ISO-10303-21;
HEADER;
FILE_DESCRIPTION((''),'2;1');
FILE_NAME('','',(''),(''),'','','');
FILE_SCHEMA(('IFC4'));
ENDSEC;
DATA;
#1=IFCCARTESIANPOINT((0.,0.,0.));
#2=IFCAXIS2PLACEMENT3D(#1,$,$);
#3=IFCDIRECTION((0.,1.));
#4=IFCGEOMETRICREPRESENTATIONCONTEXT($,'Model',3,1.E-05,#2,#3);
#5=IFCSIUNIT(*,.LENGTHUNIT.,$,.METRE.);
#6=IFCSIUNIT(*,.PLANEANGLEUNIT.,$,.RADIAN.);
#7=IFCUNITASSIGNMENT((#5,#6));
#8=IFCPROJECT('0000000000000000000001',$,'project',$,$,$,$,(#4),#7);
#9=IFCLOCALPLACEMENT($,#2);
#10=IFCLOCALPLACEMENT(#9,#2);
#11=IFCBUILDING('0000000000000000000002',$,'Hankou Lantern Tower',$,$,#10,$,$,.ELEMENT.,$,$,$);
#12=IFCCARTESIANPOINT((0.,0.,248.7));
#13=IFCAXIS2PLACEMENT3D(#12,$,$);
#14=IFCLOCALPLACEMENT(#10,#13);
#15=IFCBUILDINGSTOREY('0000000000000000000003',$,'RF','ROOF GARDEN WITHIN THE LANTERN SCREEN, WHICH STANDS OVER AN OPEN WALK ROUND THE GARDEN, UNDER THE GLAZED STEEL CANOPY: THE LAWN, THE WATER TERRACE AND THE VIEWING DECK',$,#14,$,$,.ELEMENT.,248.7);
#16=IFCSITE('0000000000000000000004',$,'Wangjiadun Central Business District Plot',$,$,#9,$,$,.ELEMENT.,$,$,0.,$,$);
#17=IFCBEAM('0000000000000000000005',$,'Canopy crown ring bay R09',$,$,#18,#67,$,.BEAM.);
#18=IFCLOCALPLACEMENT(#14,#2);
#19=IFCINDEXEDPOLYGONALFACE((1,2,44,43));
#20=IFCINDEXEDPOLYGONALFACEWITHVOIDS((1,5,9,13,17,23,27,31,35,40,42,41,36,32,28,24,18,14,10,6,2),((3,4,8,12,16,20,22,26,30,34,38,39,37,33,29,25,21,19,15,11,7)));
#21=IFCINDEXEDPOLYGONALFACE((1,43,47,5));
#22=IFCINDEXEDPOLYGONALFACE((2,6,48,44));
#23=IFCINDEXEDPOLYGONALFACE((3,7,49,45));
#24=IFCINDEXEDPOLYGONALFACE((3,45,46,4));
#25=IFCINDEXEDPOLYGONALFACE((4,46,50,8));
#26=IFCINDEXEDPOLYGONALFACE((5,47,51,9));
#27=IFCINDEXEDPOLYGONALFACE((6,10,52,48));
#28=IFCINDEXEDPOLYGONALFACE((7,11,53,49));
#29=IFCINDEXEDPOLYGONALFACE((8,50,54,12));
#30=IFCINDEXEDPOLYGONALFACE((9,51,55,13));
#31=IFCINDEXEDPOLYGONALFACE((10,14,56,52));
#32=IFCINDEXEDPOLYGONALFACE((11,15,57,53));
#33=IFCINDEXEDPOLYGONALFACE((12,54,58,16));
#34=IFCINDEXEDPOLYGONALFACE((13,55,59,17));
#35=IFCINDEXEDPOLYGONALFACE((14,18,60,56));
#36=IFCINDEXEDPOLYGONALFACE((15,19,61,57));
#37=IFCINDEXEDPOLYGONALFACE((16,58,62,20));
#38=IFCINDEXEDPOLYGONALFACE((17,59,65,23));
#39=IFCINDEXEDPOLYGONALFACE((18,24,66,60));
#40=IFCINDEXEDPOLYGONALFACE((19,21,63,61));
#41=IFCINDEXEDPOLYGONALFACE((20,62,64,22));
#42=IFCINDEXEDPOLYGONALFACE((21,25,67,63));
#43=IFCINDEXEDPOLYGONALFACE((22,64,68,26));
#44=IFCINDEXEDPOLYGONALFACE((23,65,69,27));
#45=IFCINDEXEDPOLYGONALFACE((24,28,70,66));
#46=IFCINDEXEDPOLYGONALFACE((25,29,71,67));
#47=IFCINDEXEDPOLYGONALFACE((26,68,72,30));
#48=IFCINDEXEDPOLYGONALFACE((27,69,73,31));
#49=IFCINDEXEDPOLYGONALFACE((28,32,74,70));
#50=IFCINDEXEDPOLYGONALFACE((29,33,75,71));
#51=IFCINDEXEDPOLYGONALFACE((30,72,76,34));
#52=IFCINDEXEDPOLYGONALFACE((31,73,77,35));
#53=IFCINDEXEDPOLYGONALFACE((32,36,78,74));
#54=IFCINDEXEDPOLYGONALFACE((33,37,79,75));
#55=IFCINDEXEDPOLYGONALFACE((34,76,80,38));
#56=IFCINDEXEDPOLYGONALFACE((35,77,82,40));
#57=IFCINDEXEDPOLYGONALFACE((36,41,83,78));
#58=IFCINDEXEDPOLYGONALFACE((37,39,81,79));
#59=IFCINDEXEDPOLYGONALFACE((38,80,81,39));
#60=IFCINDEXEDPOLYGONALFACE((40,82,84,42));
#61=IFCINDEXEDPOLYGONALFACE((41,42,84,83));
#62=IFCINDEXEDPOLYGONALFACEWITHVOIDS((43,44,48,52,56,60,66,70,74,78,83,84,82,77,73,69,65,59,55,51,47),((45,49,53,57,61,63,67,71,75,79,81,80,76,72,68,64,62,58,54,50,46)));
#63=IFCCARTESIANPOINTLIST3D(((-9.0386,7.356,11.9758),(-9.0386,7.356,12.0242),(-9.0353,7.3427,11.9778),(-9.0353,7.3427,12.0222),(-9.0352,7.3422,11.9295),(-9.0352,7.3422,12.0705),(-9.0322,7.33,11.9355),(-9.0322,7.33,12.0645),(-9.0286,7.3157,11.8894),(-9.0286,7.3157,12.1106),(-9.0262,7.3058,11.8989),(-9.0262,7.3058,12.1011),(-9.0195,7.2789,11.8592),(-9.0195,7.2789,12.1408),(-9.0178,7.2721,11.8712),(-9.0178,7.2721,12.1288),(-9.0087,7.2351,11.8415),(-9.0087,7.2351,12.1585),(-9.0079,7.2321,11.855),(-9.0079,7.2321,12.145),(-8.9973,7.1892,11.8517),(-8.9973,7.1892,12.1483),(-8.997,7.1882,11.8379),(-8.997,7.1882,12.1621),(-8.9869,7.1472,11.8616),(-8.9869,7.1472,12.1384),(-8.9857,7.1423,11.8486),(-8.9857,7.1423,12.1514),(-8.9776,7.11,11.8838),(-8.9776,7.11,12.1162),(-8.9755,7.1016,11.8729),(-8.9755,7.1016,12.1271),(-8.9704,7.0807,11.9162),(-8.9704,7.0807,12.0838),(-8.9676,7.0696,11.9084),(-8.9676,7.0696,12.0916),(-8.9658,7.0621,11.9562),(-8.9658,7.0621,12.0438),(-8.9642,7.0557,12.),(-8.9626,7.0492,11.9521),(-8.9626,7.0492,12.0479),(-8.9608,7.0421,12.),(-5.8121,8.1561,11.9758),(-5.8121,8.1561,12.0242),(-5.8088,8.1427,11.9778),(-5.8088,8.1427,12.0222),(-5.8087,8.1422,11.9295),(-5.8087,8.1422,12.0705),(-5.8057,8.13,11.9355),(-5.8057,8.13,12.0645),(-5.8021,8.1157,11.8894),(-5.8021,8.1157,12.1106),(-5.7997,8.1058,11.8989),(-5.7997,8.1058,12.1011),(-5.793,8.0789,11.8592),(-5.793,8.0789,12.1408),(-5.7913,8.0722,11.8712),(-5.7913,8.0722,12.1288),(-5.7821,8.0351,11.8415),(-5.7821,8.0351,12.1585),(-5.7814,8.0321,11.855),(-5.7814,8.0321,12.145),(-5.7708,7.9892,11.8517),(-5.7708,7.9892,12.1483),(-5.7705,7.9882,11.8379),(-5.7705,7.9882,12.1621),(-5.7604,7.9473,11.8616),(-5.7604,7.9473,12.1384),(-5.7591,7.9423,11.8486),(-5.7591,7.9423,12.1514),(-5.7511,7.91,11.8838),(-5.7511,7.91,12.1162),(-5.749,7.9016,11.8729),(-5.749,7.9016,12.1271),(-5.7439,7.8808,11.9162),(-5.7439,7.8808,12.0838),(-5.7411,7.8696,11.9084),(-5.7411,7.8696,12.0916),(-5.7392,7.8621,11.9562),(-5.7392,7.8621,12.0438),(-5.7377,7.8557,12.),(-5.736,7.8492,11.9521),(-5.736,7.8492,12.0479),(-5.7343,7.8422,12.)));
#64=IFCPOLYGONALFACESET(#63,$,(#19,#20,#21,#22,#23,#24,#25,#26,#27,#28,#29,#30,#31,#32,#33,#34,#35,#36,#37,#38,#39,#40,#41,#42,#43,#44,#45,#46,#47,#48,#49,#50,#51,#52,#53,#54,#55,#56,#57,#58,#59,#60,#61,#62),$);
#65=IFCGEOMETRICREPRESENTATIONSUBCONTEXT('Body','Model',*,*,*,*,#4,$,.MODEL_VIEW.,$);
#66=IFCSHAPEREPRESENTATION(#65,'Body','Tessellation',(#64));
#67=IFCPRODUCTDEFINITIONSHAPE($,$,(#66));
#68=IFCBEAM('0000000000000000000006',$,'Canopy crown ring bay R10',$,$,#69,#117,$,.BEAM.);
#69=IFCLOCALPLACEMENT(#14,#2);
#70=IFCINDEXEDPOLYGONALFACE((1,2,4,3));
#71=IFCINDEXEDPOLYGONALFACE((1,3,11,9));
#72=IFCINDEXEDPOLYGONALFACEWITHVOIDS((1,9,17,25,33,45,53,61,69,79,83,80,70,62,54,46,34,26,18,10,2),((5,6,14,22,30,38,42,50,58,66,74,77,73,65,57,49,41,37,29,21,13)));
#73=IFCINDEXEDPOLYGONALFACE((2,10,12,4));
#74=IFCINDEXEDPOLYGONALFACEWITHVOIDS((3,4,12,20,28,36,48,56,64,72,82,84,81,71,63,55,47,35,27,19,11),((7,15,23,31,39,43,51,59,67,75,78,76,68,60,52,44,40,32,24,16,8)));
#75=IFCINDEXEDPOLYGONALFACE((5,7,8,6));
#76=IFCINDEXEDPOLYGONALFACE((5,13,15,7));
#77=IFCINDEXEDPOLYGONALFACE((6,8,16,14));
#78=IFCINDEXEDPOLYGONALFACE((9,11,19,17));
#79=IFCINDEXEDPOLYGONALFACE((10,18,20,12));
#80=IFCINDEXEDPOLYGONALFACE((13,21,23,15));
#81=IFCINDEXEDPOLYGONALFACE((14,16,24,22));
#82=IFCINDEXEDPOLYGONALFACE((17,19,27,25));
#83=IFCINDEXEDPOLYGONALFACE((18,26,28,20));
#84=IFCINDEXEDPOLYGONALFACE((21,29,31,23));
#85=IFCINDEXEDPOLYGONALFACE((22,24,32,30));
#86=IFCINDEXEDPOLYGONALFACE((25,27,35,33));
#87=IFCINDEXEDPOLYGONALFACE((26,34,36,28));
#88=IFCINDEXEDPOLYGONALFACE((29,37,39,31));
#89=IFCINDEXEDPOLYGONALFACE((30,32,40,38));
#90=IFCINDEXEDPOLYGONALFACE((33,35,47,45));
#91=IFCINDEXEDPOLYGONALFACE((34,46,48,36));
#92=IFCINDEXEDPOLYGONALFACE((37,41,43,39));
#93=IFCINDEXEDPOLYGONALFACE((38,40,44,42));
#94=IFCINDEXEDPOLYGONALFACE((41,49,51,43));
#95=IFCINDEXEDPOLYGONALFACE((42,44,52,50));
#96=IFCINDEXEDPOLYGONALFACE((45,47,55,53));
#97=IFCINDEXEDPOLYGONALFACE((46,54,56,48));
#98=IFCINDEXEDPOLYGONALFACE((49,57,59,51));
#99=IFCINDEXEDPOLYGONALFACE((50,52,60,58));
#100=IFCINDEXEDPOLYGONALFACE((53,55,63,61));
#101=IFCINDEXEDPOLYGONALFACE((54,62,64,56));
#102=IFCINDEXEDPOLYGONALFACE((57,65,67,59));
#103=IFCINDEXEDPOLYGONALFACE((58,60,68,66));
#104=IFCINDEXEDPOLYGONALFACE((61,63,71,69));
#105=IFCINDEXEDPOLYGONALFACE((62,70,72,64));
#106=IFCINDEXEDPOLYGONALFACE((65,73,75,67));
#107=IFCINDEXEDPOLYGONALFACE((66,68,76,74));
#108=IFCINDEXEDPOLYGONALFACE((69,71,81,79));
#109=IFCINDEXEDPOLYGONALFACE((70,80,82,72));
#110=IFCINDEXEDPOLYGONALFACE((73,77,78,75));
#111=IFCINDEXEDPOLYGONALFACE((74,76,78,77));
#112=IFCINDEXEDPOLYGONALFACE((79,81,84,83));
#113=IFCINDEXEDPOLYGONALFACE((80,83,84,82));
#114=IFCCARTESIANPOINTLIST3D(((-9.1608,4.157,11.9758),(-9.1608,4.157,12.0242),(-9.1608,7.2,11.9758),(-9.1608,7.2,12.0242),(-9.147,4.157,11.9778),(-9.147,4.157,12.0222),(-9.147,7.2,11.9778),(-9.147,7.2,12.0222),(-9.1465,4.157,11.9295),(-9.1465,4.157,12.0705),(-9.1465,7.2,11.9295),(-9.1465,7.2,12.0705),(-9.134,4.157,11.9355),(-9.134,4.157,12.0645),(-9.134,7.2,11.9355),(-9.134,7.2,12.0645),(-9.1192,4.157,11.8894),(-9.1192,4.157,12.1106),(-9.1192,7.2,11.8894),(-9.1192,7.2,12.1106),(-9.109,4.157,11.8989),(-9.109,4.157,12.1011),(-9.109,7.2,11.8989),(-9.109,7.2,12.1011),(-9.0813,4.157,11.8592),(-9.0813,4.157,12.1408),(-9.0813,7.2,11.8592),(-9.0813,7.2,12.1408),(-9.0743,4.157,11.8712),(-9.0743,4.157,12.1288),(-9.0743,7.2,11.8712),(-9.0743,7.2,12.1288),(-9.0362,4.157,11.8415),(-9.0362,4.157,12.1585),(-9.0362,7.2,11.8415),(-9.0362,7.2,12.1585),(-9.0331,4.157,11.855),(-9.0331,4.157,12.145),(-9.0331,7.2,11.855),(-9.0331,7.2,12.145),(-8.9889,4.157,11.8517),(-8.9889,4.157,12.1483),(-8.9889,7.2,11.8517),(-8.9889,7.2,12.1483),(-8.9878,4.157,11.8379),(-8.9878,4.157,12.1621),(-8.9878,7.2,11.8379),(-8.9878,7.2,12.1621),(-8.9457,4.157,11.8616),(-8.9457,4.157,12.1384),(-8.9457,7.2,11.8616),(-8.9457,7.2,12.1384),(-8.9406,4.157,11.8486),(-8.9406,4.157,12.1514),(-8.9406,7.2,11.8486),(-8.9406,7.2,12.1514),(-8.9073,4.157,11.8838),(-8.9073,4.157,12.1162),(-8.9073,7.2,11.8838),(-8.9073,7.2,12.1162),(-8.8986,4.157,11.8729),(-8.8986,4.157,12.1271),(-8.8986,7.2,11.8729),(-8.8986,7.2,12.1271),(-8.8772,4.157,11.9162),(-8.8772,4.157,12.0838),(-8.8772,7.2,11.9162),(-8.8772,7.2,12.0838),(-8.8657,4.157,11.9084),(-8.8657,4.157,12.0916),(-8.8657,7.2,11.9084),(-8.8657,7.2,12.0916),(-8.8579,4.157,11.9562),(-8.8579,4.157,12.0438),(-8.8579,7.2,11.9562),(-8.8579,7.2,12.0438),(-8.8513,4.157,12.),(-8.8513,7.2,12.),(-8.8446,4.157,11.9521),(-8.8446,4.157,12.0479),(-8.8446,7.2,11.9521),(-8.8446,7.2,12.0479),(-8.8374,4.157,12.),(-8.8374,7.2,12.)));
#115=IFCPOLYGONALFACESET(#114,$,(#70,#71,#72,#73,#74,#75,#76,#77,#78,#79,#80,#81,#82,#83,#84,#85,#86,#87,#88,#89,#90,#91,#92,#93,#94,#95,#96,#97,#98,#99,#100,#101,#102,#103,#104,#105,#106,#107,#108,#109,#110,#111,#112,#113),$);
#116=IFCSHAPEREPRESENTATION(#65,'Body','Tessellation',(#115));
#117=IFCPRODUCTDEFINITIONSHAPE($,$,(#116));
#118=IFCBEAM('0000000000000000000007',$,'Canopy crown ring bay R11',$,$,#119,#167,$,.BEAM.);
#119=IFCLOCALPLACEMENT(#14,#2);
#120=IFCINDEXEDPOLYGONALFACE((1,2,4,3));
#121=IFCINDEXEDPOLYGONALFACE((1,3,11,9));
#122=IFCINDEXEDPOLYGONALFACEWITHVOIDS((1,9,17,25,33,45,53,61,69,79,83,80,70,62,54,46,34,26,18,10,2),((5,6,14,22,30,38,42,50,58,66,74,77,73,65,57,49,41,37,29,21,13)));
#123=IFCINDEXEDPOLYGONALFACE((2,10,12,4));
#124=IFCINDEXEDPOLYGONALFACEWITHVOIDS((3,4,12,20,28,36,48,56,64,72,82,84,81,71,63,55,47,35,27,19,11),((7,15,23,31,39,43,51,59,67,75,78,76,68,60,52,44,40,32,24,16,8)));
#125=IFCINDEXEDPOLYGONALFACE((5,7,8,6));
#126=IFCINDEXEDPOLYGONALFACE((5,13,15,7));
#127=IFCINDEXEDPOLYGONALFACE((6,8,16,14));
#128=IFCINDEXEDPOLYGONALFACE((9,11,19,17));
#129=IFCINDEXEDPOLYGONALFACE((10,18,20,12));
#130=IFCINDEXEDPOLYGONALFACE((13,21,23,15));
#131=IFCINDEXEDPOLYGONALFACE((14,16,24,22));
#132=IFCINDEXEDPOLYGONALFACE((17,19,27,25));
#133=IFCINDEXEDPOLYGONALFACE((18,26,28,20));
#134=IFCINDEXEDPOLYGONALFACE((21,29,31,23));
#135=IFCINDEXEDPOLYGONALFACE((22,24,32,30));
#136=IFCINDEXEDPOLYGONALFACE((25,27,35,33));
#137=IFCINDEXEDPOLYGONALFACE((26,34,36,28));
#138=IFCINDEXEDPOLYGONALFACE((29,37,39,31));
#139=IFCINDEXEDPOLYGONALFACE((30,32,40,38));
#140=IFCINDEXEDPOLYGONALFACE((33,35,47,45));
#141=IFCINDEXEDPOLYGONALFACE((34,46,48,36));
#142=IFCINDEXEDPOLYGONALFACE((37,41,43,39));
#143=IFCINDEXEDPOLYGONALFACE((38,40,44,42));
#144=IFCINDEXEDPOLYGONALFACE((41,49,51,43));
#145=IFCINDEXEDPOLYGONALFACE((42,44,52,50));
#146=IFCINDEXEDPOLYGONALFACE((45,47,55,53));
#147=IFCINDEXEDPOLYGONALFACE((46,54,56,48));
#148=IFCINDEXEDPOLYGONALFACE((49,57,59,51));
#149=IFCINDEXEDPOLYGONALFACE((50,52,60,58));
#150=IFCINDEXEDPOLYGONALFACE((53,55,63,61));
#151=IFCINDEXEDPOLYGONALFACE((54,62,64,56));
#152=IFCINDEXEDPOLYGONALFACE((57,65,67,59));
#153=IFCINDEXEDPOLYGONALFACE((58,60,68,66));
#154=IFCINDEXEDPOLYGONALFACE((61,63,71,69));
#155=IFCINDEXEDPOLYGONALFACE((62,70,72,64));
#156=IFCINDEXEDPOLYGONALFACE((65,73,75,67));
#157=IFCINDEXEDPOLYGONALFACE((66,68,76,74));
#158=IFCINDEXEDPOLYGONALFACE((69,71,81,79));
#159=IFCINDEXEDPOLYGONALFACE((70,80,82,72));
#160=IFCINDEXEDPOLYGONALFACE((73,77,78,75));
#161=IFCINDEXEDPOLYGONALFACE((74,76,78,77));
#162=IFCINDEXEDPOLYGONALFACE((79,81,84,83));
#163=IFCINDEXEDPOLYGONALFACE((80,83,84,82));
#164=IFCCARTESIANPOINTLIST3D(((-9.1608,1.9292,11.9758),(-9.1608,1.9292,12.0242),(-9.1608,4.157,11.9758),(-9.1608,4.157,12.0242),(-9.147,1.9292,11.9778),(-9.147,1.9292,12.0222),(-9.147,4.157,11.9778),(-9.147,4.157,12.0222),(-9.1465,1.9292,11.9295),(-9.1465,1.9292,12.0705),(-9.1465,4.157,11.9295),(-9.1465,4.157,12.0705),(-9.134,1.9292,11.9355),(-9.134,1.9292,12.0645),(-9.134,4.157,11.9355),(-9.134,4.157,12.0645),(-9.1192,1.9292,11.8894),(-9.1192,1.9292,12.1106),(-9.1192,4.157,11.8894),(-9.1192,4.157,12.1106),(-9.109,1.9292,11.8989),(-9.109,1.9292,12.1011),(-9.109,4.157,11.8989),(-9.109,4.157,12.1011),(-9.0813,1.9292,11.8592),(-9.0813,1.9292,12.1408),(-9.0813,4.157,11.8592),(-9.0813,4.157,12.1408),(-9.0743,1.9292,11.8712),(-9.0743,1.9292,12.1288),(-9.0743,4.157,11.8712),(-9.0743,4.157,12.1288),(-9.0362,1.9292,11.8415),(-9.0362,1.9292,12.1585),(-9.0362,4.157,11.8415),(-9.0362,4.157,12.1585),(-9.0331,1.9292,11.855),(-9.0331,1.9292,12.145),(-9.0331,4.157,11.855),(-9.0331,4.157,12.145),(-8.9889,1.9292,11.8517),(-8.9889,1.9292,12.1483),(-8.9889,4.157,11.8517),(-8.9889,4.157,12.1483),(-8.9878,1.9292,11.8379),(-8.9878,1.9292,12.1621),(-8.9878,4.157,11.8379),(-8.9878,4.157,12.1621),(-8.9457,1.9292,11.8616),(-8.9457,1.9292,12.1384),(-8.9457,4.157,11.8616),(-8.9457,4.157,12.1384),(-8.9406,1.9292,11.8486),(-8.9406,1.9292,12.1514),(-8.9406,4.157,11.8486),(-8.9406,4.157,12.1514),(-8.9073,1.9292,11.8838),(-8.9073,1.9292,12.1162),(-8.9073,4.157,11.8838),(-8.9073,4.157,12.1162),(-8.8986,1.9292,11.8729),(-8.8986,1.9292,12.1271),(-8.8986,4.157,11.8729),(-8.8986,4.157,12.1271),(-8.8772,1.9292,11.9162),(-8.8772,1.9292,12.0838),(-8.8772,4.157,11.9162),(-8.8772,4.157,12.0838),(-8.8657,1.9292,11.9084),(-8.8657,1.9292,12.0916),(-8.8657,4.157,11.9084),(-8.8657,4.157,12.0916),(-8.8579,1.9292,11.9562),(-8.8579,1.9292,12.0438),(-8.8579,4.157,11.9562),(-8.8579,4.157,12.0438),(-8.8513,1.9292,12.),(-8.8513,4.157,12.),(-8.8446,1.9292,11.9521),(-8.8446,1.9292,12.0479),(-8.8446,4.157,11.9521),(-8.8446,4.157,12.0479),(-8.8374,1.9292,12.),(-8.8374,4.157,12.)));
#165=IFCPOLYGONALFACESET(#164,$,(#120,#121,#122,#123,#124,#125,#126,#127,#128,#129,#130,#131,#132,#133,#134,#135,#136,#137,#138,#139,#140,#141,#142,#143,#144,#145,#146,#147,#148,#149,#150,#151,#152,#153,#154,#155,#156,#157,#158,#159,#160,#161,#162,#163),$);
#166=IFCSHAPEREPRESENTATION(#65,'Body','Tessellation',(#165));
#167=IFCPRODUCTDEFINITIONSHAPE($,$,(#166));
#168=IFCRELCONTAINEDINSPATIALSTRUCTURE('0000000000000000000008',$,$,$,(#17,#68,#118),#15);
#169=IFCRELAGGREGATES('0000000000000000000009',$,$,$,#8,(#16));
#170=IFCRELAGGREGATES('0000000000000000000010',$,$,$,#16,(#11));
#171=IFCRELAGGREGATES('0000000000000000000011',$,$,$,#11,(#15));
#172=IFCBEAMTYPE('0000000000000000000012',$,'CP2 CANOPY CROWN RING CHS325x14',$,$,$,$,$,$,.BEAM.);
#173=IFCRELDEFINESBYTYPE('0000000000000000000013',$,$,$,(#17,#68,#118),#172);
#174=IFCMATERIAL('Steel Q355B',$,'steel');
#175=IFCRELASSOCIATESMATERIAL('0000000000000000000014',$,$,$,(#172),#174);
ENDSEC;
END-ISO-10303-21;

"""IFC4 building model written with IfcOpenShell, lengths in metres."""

from ifc_helpers import new_model, si_unit, direction, frame, origin, origin_2d, place, context, subcontext, project, spatial, hollow_circle, extrude, material, material_profile, profile_set, type_object, element, save


model = new_model("IFC4")

# Units and contexts
model_context = context("Model", 3, precision=1e-05, world=origin(), true_north=direction((0.0, 1.0)))
body_context = subcontext(model_context, "Body", "Model", "MODEL_VIEW")
ifc_project = project(units=[si_unit("LENGTHUNIT", "METRE"), si_unit("PLANEANGLEUNIT", "RADIAN")], contexts=[model_context])

# Site, building, storey
site_placement = place(None, origin())
site = spatial("IfcSite", under=ifc_project, at=site_placement, Name="Wangjiadun Central Business District Plot", CompositionType="ELEMENT", RefElevation=0.0)
building_placement = place(site_placement, origin())
building = spatial("IfcBuilding", under=site, at=building_placement, Name="Hankou Lantern Tower", CompositionType="ELEMENT")
storey_placement = place(building_placement, frame((0.0, 0.0, 248.7)))
storey = spatial("IfcBuildingStorey", under=building, at=storey_placement, Name="RF", Description="ROOF GARDEN WITHIN THE LANTERN SCREEN, WHICH STANDS OVER AN OPEN WALK ROUND THE GARDEN, UNDER THE GLAZED STEEL CANOPY: THE LAWN, THE WATER TERRACE AND THE VIEWING DECK", CompositionType="ELEMENT", Elevation=248.7)

# Beams
ifc_material_1 = material(Name="Steel Q355B", Category="steel")
ifc_material_profile_1 = material_profile(ifc_material_1, hollow_circle(Radius=0.1626, WallThickness=0.0139, at=origin_2d()), Name="CHS325x14")
ifc_profile_set_1 = profile_set([ifc_material_profile_1], Name="Steel Q355B")
beam_type_1 = type_object("IfcBeamType", Name="CP2 CANOPY CROWN RING CHS325x14", PredefinedType="BEAM", material=ifc_profile_set_1)
beam_1_placement = place(storey_placement, frame((-5.7734, 8.0, 12.0), z_axis=(-0.970607, -0.240669, 0.0), x_axis=(0.240669, -0.970607, 0.0)))
element("IfcBeam", 1, at=beam_1_placement, inside=storey, type_object=beam_type_1, Name="Canopy crown ring bay R09", PredefinedType="BEAM", context=body_context, shape_type="SweptSolid", body=[
    extrude(hollow_circle(Radius=0.1626, WallThickness=0.0139, at=origin_2d()), origin(), (0.0, 0.0, 1.0), 3.3242),
])
beam_2_placement = place(storey_placement, frame((-9.0, 7.2, 12.0), z_axis=(0.0, -1.0, 0.0), x_axis=(1.0, 0.0, 0.0)))
element("IfcBeam", 2, at=beam_2_placement, inside=storey, type_object=beam_type_1, Name="Canopy crown ring bay R10", PredefinedType="BEAM", context=body_context, shape_type="SweptSolid", body=[
    extrude(hollow_circle(Radius=0.1626, WallThickness=0.0139, at=origin_2d()), origin(), (0.0, 0.0, 1.0), 3.043),
])
beam_3_placement = place(storey_placement, frame((-9.0, 4.157, 12.0), z_axis=(0.0, -1.0, 0.0), x_axis=(1.0, 0.0, 0.0)))
element("IfcBeam", 3, at=beam_3_placement, inside=storey, type_object=beam_type_1, Name="Canopy crown ring bay R11", PredefinedType="BEAM", context=body_context, shape_type="SweptSolid", body=[
    extrude(hollow_circle(Radius=0.1626, WallThickness=0.0139, at=origin_2d()), origin(), (0.0, 0.0, 1.0), 2.2278),
])

save(model, "model.ifc")
